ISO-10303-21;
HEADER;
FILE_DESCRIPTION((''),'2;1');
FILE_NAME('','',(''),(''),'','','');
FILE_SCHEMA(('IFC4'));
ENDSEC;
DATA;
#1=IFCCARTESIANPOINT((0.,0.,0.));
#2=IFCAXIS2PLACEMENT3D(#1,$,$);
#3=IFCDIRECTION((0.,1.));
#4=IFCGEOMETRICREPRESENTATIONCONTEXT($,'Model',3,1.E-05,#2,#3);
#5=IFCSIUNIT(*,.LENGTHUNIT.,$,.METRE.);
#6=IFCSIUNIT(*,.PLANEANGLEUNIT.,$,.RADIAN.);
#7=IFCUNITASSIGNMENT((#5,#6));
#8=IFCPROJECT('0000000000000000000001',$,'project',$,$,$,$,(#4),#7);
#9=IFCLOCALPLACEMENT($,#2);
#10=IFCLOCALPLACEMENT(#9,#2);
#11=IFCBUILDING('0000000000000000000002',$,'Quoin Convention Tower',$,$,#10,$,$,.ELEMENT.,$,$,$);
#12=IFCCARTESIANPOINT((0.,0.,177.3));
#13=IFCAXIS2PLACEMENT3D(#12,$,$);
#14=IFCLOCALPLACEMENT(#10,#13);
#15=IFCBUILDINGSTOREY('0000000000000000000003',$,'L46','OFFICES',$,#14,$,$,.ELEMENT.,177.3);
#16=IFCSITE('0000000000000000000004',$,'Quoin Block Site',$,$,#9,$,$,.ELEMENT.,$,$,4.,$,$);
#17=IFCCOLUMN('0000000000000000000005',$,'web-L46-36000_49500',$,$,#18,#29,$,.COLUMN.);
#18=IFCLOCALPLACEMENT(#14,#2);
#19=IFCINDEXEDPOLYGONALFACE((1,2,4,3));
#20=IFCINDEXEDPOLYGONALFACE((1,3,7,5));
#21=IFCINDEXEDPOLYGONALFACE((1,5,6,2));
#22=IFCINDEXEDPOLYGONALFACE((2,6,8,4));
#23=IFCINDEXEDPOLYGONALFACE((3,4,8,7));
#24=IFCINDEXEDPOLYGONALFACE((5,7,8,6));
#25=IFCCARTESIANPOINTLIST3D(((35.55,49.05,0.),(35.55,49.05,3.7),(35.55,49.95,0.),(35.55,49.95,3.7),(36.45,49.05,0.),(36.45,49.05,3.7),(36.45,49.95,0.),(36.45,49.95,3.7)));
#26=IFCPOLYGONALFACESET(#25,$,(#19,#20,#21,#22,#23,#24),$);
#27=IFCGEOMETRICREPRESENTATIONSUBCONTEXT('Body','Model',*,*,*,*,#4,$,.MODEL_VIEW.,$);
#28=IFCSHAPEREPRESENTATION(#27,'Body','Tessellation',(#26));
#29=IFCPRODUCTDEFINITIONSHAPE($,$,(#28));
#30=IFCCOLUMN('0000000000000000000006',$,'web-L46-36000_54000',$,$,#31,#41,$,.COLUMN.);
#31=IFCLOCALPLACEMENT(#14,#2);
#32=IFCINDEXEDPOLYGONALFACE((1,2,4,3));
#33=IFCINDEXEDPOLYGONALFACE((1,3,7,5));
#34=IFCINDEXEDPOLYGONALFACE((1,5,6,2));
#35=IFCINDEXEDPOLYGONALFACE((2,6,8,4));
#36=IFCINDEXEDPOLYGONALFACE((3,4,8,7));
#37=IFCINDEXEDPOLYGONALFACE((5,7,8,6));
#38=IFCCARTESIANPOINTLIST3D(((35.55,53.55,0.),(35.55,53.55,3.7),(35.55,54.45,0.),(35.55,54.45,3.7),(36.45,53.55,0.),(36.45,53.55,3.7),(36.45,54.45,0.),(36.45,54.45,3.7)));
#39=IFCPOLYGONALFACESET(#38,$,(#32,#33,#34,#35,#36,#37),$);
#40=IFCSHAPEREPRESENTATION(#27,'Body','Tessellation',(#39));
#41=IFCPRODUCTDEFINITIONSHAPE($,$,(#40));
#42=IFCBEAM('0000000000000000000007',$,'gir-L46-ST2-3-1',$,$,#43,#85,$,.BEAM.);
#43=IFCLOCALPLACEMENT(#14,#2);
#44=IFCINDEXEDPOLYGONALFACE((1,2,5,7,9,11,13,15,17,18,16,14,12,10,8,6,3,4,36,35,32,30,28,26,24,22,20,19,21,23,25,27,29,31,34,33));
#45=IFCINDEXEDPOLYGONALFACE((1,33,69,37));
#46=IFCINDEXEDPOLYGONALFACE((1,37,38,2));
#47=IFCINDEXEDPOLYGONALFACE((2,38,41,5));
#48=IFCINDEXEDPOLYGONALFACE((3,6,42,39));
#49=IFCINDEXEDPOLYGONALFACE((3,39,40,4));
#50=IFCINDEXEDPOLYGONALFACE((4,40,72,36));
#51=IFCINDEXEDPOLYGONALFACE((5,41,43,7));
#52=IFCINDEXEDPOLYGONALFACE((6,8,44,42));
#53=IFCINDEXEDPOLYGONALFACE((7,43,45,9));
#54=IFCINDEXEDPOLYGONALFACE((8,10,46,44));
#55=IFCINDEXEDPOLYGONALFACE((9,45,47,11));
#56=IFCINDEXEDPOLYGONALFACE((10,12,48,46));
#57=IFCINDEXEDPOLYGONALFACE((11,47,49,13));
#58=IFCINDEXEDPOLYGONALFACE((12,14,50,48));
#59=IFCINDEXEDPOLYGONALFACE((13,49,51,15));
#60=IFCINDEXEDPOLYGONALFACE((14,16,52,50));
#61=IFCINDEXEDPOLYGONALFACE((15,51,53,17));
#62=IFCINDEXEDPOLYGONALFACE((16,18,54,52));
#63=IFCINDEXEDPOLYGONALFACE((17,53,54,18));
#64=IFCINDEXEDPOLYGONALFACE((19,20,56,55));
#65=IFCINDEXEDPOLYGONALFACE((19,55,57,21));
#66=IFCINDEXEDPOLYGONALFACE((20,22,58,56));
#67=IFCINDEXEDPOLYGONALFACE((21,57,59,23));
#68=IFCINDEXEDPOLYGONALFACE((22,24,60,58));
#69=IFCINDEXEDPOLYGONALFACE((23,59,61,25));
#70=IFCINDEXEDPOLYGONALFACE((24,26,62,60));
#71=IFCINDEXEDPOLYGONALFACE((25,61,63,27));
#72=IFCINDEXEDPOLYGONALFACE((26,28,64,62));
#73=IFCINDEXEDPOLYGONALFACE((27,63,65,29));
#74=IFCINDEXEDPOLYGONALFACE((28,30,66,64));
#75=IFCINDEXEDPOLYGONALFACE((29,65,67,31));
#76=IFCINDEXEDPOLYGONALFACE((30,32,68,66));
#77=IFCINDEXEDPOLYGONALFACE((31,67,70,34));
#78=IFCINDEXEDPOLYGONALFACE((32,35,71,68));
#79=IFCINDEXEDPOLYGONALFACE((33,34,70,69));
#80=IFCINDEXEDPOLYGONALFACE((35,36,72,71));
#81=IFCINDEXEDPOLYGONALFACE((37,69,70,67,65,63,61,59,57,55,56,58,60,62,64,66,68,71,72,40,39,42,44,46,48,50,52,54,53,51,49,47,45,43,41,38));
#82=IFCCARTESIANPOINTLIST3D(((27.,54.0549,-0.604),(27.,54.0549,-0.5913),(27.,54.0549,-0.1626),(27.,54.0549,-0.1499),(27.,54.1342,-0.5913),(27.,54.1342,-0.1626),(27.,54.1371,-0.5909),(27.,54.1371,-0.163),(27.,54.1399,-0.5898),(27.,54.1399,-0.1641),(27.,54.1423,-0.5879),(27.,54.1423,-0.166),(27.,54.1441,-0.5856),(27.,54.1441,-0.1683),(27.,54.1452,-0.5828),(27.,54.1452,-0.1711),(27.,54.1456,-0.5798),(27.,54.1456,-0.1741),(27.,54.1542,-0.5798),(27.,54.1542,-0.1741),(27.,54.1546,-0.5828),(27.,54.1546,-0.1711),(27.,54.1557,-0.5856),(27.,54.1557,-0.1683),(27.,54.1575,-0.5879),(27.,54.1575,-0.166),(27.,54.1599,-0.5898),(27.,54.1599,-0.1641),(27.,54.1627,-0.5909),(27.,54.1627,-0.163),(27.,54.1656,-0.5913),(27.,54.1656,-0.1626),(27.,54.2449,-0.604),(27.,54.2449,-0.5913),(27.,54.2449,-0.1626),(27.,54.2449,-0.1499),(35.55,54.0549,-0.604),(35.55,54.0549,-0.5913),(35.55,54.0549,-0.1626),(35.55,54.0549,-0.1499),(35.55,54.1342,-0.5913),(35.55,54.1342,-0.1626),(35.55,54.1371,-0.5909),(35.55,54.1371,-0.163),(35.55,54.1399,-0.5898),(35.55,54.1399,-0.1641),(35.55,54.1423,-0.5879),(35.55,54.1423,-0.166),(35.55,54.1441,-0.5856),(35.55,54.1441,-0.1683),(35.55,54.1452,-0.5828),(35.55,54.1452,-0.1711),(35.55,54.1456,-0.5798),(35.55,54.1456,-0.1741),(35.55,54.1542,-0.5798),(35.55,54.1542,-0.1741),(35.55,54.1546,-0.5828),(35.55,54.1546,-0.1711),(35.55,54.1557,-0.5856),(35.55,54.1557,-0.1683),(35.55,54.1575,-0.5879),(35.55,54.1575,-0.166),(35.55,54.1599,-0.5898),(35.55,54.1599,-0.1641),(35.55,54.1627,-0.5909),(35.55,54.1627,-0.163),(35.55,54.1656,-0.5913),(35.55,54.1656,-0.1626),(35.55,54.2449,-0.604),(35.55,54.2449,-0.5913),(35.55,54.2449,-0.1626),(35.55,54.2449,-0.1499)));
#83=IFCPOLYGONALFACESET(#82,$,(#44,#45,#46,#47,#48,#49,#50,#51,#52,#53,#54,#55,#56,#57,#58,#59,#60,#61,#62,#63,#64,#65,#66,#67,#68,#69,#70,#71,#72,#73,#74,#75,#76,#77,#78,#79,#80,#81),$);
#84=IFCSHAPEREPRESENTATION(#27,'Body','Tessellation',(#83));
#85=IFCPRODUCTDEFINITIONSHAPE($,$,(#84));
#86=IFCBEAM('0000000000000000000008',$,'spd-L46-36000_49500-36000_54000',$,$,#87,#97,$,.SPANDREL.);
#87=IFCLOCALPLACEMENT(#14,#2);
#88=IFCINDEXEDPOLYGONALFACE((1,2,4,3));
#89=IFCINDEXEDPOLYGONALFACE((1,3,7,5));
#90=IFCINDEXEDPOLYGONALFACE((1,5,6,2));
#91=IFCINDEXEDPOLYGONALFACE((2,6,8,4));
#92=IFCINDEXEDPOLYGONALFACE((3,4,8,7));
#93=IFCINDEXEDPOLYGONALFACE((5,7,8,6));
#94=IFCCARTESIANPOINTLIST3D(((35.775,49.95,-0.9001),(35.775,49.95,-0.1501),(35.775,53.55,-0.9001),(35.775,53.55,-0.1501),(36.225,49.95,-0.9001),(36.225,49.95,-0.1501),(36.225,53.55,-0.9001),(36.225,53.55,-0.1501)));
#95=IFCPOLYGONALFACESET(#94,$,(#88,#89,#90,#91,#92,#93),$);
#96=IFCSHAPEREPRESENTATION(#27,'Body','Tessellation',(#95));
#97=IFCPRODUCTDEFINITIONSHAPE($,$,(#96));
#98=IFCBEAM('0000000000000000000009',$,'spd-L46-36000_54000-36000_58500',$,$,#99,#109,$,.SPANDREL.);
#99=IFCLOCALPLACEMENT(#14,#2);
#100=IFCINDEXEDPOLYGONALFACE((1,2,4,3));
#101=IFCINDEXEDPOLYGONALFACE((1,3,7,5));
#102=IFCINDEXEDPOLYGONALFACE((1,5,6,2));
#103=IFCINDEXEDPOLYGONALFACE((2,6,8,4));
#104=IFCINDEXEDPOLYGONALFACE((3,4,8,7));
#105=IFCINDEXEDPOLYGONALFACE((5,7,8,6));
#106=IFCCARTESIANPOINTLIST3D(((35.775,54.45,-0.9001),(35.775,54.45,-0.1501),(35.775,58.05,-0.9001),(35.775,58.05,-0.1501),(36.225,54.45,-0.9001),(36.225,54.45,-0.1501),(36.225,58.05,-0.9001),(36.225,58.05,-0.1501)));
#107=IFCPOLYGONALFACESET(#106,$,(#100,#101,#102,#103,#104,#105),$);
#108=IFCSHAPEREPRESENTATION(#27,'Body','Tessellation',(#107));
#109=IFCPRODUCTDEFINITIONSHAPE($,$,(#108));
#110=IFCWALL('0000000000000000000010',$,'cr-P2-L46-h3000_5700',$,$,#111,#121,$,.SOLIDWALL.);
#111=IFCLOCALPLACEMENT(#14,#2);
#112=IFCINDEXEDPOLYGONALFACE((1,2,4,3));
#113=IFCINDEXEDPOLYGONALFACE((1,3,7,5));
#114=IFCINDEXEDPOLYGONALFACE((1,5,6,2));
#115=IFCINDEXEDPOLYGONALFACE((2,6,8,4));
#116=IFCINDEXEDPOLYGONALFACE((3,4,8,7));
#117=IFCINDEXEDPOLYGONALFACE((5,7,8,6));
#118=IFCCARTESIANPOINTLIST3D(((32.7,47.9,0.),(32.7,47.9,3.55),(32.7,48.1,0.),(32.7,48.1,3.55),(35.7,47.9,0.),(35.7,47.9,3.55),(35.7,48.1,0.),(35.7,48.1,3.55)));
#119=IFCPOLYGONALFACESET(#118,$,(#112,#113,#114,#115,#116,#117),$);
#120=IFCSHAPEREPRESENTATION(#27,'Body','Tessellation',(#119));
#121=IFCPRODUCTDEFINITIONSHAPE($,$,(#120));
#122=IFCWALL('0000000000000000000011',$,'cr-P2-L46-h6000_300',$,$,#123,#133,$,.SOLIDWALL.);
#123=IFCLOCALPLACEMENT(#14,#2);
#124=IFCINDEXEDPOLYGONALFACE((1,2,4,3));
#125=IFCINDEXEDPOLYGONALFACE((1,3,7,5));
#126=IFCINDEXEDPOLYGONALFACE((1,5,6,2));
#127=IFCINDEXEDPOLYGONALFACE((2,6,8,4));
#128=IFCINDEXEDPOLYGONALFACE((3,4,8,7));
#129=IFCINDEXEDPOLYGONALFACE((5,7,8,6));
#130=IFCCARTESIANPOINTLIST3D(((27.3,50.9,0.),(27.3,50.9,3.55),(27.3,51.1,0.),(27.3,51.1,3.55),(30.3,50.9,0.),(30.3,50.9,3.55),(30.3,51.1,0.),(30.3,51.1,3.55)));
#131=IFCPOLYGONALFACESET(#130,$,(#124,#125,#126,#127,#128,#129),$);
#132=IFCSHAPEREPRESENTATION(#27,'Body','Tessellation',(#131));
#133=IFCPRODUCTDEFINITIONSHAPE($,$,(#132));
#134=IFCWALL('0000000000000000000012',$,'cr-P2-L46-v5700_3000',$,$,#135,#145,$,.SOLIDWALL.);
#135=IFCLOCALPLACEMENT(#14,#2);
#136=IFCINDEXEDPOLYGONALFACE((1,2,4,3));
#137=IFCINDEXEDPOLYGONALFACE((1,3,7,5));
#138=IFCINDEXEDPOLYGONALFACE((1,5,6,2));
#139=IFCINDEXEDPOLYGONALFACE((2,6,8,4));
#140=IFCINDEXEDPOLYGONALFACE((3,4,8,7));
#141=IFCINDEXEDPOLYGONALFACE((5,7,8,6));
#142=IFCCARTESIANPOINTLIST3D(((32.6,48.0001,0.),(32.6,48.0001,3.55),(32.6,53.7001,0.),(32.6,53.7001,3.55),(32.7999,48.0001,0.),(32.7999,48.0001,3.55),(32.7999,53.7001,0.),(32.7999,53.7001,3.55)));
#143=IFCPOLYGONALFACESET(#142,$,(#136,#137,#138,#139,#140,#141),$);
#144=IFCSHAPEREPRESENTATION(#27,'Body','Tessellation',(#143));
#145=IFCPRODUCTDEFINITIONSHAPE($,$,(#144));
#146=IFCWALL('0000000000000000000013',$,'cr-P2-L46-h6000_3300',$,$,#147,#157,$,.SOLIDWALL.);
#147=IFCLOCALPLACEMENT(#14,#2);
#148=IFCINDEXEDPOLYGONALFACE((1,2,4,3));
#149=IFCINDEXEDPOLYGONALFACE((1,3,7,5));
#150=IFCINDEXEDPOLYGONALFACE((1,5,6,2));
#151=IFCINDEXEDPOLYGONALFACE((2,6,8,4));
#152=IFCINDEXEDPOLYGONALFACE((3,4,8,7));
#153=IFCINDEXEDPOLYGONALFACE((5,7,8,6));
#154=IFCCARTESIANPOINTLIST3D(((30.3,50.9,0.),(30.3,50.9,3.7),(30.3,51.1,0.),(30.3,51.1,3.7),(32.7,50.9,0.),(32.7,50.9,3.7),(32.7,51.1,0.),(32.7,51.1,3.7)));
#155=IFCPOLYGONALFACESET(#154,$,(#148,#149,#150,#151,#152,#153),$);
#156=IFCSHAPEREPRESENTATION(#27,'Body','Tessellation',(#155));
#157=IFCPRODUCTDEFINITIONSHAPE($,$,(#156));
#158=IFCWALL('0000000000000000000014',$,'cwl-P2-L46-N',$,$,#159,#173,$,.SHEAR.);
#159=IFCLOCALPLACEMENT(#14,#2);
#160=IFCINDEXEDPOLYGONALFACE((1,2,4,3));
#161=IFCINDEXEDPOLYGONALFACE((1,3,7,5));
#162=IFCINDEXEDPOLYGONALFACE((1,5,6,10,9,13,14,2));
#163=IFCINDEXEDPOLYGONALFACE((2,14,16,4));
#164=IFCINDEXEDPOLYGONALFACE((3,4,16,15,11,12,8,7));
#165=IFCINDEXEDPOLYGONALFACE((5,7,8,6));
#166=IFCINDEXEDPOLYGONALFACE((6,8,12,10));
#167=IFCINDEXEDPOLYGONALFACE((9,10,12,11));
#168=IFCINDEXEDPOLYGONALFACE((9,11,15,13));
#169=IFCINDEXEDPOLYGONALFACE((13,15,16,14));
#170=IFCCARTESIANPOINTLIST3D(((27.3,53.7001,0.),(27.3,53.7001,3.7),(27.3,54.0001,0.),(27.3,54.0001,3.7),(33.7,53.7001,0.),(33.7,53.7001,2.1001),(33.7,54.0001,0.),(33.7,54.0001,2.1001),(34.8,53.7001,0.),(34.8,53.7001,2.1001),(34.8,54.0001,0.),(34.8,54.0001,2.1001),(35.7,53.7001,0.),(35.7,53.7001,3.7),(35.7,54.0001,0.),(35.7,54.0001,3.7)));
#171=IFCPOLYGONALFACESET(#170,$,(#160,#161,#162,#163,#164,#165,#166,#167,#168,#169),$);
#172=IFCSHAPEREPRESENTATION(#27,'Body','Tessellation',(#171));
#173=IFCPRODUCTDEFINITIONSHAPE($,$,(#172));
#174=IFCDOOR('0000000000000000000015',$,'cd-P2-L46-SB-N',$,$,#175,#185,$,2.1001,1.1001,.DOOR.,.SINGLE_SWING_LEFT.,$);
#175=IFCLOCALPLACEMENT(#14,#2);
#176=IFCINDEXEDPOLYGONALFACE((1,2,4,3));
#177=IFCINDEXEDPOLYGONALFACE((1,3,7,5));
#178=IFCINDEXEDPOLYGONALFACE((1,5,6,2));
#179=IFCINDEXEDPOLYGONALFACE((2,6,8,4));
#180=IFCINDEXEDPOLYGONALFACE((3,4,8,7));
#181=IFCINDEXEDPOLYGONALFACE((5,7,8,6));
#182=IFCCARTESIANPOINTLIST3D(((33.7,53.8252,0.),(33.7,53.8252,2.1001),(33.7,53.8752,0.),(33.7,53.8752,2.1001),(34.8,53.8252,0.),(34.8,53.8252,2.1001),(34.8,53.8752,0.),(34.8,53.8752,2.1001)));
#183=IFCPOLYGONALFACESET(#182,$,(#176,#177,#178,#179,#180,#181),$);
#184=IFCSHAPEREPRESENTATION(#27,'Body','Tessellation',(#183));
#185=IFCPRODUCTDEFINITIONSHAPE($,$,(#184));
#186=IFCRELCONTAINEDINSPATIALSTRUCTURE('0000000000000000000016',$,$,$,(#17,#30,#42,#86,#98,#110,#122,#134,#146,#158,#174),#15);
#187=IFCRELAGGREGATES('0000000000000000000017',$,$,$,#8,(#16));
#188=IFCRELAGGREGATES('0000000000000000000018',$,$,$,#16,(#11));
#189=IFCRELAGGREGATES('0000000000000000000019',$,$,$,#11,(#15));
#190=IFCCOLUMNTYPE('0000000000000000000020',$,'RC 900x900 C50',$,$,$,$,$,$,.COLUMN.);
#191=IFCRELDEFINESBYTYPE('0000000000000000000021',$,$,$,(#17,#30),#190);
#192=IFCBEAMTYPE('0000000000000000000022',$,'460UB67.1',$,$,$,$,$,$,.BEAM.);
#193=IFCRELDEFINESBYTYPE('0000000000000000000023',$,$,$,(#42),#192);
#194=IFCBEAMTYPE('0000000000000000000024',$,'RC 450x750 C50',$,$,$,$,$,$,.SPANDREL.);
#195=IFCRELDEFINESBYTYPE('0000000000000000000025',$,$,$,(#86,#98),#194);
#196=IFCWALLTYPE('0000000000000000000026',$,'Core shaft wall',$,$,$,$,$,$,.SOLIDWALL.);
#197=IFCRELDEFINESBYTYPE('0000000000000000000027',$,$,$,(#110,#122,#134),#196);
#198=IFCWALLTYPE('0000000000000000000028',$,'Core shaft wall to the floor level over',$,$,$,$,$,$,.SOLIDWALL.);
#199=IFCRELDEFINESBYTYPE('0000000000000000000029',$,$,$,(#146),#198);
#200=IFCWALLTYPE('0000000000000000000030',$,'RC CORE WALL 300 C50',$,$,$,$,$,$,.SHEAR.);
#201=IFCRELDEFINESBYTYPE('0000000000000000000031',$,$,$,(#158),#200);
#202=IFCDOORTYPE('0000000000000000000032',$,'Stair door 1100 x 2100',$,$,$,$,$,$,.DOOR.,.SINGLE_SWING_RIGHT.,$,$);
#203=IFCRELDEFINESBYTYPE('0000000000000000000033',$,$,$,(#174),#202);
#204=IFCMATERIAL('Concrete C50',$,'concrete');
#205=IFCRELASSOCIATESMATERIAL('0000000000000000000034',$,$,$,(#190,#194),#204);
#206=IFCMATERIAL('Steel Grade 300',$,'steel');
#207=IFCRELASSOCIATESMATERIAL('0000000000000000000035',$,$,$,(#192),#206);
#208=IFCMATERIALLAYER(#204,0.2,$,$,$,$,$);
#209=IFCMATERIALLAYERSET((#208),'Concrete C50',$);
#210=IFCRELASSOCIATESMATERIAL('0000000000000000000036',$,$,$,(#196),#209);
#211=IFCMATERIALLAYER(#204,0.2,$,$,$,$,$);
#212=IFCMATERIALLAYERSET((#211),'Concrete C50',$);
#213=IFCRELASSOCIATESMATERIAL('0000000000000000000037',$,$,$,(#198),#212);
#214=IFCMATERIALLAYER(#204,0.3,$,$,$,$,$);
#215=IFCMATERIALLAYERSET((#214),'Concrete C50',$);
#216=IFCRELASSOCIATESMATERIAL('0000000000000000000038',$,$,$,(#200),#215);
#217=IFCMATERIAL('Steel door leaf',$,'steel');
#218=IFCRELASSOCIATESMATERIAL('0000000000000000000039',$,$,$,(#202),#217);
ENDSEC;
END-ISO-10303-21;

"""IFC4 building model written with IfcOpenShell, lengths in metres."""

from ifc_helpers import new_model, si_unit, direction, frame, frame_2d, origin, origin_2d, place, context, subcontext, project, spatial, rectangle, i_section, extrude, material, layer, layer_set, material_profile, profile_set, type_object, element, fill, save


model = new_model("IFC4")

# Units and contexts
model_context = context("Model", 3, precision=1e-05, world=origin(), true_north=direction((0.0, 1.0)))
body_context = subcontext(model_context, "Body", "Model", "MODEL_VIEW")
ifc_project = project(units=[si_unit("LENGTHUNIT", "METRE"), si_unit("PLANEANGLEUNIT", "RADIAN")], contexts=[model_context])

# Site, building, storey
site_placement = place(None, origin())
site = spatial("IfcSite", under=ifc_project, at=site_placement, Name="Quoin Block Site", CompositionType="ELEMENT", RefElevation=4.0)
building_placement = place(site_placement, origin())
building = spatial("IfcBuilding", under=site, at=building_placement, Name="Quoin Convention Tower", CompositionType="ELEMENT")
storey_placement = place(building_placement, frame((0.0, 0.0, 177.3)))
storey = spatial("IfcBuildingStorey", under=building, at=storey_placement, Name="L46", Description="OFFICES", CompositionType="ELEMENT", Elevation=177.3)

# Columns
ifc_material_1 = material(Name="Concrete C50", Category="concrete")
ifc_material_profile_1 = material_profile(ifc_material_1, rectangle(XDim=0.8999, YDim=0.8999, at=origin_2d()), Name="RC 900x900")
ifc_profile_set_1 = profile_set([ifc_material_profile_1], Name="Concrete C50")
column_type = type_object("IfcColumnType", Name="RC 900x900 C50", PredefinedType="COLUMN", material=ifc_profile_set_1)
for number, where, z_axis, x_axis, name in (
    (1, (36.0, 49.5, 0.0), (0.0, 0.0, 1.0), (1.0, 0.0, 0.0), "web-L46-36000_49500"),
    (2, (36.0, 54.0, 0.0), (0.0, 0.0, 1.0), (1.0, 0.0, 0.0), "web-L46-36000_54000"),
):
    element("IfcColumn", number, at=place(storey_placement, frame(where, z_axis=z_axis, x_axis=x_axis)), inside=storey, type_object=column_type, Name=name, PredefinedType="COLUMN", context=body_context, shape_type="SweptSolid", body=[
        extrude(rectangle(XDim=0.8999, YDim=0.8999, at=origin_2d()), origin(), (0.0, 0.0, 1.0), 3.7),
    ])

# Beams
ifc_material_2 = material(Name="Steel Grade 300", Category="steel")
ifc_material_profile_2 = material_profile(ifc_material_2, i_section(OverallWidth=0.1899, OverallDepth=0.4541, WebThickness=0.0085, FlangeThickness=0.0127, FilletRadius=0.0115, at=origin_2d()), Name="460UB67.1")
ifc_profile_set_2 = profile_set([ifc_material_profile_2], Name="Steel Grade 300")
beam_type_1 = type_object("IfcBeamType", Name="460UB67.1", PredefinedType="BEAM", material=ifc_profile_set_2)
beam_placement = place(storey_placement, frame((27.0, 54.1499, -0.377), z_axis=(1.0, 0.0, 0.0), x_axis=(0.0, 1.0, 0.0)))
element("IfcBeam", 3, at=beam_placement, inside=storey, type_object=beam_type_1, Name="gir-L46-ST2-3-1", PredefinedType="BEAM", context=body_context, shape_type="SweptSolid", body=[
    extrude(i_section(OverallWidth=0.1899, OverallDepth=0.4541, WebThickness=0.0085, FlangeThickness=0.0127, FilletRadius=0.0115, at=origin_2d()), origin(), (0.0, 0.0, 1.0), 8.55),
])
ifc_material_profile_3 = material_profile(ifc_material_1, rectangle(XDim=0.45, YDim=0.75, at=origin_2d()), Name="RC 450x750")
ifc_profile_set_3 = profile_set([ifc_material_profile_3], Name="Concrete C50")
beam_type_2 = type_object("IfcBeamType", Name="RC 450x750 C50", PredefinedType="SPANDREL", material=ifc_profile_set_3)
for number, where, z_axis, x_axis, name in (
    (4, (36.0, 49.95, -0.5251), (0.0, 1.0, 0.0), (-1.0, 0.0, 0.0), "spd-L46-36000_49500-36000_54000"),
    (5, (36.0, 54.45, -0.5251), (0.0, 1.0, 0.0), (-1.0, 0.0, 0.0), "spd-L46-36000_54000-36000_58500"),
):
    element("IfcBeam", number, at=place(storey_placement, frame(where, z_axis=z_axis, x_axis=x_axis)), inside=storey, type_object=beam_type_2, Name=name, PredefinedType="SPANDREL", context=body_context, shape_type="SweptSolid", body=[
        extrude(rectangle(XDim=0.45, YDim=0.75, at=origin_2d()), origin(), (0.0, 0.0, 1.0), 3.6001),
    ])

# Walls
ifc_layer_1 = layer(ifc_material_1, 0.2)
ifc_layer_set_1 = layer_set([ifc_layer_1], Name="Concrete C50")
wall_type_1 = type_object("IfcWallType", Name="Core shaft wall", PredefinedType="SOLIDWALL", material=ifc_layer_set_1)
for number, where, z_axis, x_axis, name in (
    (6, (32.7, 48.0, 0.0), (0.0, 0.0, 1.0), (1.0, 0.0, 0.0), "cr-P2-L46-h3000_5700"),
    (7, (27.3, 51.0, 0.0), (0.0, 0.0, 1.0), (1.0, 0.0, 0.0), "cr-P2-L46-h6000_300"),
):
    element("IfcWall", number, at=place(storey_placement, frame(where, z_axis=z_axis, x_axis=x_axis)), inside=storey, type_object=wall_type_1, Name=name, PredefinedType="SOLIDWALL", context=body_context, shape_type="SweptSolid", body=[
        extrude(rectangle(XDim=3.0, YDim=0.2, at=frame_2d((1.5, 0.0))), origin(), (0.0, 0.0, 1.0), 3.55),
    ])
wall_1_placement = place(storey_placement, frame((32.7, 48.0, 0.0), z_axis=(0.0, 0.0, 1.0), x_axis=(0.0, 1.0, 0.0)))
element("IfcWall", 8, at=wall_1_placement, inside=storey, type_object=wall_type_1, Name="cr-P2-L46-v5700_3000", PredefinedType="SOLIDWALL", context=body_context, shape_type="SweptSolid", body=[
    extrude(rectangle(XDim=5.7, YDim=0.2, at=frame_2d((2.8501, 0.0))), origin(), (0.0, 0.0, 1.0), 3.55),
])
ifc_layer_2 = layer(ifc_material_1, 0.2)
ifc_layer_set_2 = layer_set([ifc_layer_2], Name="Concrete C50")
wall_type_2 = type_object("IfcWallType", Name="Core shaft wall to the floor level over", PredefinedType="SOLIDWALL", material=ifc_layer_set_2)
wall_2_placement = place(storey_placement, frame((30.3, 51.0, 0.0), z_axis=(0.0, 0.0, 1.0), x_axis=(1.0, 0.0, 0.0)))
element("IfcWall", 9, at=wall_2_placement, inside=storey, type_object=wall_type_2, Name="cr-P2-L46-h6000_3300", PredefinedType="SOLIDWALL", context=body_context, shape_type="SweptSolid", body=[
    extrude(rectangle(XDim=2.3999, YDim=0.2, at=frame_2d((1.2, 0.0))), origin(), (0.0, 0.0, 1.0), 3.7),
])

# Wall, opening, door
ifc_layer_3 = layer(ifc_material_1, 0.3)
ifc_layer_set_3 = layer_set([ifc_layer_3], Name="Concrete C50")
wall_type_3 = type_object("IfcWallType", Name="RC CORE WALL 300 C50", PredefinedType="SHEAR", material=ifc_layer_set_3)
wall_3_placement = place(storey_placement, frame((27.3, 53.8501, 0.0), z_axis=(0.0, 0.0, 1.0), x_axis=(1.0, 0.0, 0.0)))
wall_3 = element("IfcWall", 10, at=wall_3_placement, inside=storey, type_object=wall_type_3, Name="cwl-P2-L46-N", PredefinedType="SHEAR", context=body_context, shape_type="SweptSolid", body=[
    extrude(rectangle(XDim=8.3999, YDim=0.3, at=frame_2d((4.2, 0.0))), origin(), (0.0, 0.0, 1.0), 3.7),
])
opening_1_placement = place(wall_3_placement, frame((6.3999, 0.0, 0.0)))
opening_1 = element("IfcOpeningElement", 11, at=opening_1_placement, cuts=wall_3, PredefinedType="OPENING", context=body_context, shape_type="SweptSolid", body=[
    extrude(rectangle(XDim=1.1001, YDim=2.1001, at=frame_2d((0.55, 1.05))), frame((0.0, 0.1599, 0.0), z_axis=(0.0, -1.0, 0.0), x_axis=(1.0, 0.0, 0.0)), (0.0, 0.0, 1.0), 0.3201),
])
ifc_material_3 = material(Name="Steel door leaf", Category="steel")
door_type_1 = type_object("IfcDoorType", Name="Stair door 1100 x 2100", OperationType="SINGLE_SWING_RIGHT", PredefinedType="DOOR", material=ifc_material_3)
door_1_placement = place(opening_1_placement, frame((1.1001, 0.0, 0.0), z_axis=(0.0, 0.0, 1.0), x_axis=(-1.0, 0.0, 0.0)))
door_1 = element("IfcDoor", 12, at=door_1_placement, inside=storey, type_object=door_type_1, Name="cd-P2-L46-SB-N", OperationType="SINGLE_SWING_LEFT", OverallHeight=2.1001, OverallWidth=1.1001, PredefinedType="DOOR", context=body_context, shape_type="SweptSolid", body=[
    extrude(rectangle(XDim=1.1001, YDim=2.1001, at=frame_2d((0.55, 1.05))), frame((0.0, 0.0249, 0.0), z_axis=(0.0, -1.0, 0.0), x_axis=(1.0, 0.0, 0.0)), (0.0, 0.0, 1.0), 0.05),
])
fill(opening_1, door_1)

save(model, "model.ifc")
